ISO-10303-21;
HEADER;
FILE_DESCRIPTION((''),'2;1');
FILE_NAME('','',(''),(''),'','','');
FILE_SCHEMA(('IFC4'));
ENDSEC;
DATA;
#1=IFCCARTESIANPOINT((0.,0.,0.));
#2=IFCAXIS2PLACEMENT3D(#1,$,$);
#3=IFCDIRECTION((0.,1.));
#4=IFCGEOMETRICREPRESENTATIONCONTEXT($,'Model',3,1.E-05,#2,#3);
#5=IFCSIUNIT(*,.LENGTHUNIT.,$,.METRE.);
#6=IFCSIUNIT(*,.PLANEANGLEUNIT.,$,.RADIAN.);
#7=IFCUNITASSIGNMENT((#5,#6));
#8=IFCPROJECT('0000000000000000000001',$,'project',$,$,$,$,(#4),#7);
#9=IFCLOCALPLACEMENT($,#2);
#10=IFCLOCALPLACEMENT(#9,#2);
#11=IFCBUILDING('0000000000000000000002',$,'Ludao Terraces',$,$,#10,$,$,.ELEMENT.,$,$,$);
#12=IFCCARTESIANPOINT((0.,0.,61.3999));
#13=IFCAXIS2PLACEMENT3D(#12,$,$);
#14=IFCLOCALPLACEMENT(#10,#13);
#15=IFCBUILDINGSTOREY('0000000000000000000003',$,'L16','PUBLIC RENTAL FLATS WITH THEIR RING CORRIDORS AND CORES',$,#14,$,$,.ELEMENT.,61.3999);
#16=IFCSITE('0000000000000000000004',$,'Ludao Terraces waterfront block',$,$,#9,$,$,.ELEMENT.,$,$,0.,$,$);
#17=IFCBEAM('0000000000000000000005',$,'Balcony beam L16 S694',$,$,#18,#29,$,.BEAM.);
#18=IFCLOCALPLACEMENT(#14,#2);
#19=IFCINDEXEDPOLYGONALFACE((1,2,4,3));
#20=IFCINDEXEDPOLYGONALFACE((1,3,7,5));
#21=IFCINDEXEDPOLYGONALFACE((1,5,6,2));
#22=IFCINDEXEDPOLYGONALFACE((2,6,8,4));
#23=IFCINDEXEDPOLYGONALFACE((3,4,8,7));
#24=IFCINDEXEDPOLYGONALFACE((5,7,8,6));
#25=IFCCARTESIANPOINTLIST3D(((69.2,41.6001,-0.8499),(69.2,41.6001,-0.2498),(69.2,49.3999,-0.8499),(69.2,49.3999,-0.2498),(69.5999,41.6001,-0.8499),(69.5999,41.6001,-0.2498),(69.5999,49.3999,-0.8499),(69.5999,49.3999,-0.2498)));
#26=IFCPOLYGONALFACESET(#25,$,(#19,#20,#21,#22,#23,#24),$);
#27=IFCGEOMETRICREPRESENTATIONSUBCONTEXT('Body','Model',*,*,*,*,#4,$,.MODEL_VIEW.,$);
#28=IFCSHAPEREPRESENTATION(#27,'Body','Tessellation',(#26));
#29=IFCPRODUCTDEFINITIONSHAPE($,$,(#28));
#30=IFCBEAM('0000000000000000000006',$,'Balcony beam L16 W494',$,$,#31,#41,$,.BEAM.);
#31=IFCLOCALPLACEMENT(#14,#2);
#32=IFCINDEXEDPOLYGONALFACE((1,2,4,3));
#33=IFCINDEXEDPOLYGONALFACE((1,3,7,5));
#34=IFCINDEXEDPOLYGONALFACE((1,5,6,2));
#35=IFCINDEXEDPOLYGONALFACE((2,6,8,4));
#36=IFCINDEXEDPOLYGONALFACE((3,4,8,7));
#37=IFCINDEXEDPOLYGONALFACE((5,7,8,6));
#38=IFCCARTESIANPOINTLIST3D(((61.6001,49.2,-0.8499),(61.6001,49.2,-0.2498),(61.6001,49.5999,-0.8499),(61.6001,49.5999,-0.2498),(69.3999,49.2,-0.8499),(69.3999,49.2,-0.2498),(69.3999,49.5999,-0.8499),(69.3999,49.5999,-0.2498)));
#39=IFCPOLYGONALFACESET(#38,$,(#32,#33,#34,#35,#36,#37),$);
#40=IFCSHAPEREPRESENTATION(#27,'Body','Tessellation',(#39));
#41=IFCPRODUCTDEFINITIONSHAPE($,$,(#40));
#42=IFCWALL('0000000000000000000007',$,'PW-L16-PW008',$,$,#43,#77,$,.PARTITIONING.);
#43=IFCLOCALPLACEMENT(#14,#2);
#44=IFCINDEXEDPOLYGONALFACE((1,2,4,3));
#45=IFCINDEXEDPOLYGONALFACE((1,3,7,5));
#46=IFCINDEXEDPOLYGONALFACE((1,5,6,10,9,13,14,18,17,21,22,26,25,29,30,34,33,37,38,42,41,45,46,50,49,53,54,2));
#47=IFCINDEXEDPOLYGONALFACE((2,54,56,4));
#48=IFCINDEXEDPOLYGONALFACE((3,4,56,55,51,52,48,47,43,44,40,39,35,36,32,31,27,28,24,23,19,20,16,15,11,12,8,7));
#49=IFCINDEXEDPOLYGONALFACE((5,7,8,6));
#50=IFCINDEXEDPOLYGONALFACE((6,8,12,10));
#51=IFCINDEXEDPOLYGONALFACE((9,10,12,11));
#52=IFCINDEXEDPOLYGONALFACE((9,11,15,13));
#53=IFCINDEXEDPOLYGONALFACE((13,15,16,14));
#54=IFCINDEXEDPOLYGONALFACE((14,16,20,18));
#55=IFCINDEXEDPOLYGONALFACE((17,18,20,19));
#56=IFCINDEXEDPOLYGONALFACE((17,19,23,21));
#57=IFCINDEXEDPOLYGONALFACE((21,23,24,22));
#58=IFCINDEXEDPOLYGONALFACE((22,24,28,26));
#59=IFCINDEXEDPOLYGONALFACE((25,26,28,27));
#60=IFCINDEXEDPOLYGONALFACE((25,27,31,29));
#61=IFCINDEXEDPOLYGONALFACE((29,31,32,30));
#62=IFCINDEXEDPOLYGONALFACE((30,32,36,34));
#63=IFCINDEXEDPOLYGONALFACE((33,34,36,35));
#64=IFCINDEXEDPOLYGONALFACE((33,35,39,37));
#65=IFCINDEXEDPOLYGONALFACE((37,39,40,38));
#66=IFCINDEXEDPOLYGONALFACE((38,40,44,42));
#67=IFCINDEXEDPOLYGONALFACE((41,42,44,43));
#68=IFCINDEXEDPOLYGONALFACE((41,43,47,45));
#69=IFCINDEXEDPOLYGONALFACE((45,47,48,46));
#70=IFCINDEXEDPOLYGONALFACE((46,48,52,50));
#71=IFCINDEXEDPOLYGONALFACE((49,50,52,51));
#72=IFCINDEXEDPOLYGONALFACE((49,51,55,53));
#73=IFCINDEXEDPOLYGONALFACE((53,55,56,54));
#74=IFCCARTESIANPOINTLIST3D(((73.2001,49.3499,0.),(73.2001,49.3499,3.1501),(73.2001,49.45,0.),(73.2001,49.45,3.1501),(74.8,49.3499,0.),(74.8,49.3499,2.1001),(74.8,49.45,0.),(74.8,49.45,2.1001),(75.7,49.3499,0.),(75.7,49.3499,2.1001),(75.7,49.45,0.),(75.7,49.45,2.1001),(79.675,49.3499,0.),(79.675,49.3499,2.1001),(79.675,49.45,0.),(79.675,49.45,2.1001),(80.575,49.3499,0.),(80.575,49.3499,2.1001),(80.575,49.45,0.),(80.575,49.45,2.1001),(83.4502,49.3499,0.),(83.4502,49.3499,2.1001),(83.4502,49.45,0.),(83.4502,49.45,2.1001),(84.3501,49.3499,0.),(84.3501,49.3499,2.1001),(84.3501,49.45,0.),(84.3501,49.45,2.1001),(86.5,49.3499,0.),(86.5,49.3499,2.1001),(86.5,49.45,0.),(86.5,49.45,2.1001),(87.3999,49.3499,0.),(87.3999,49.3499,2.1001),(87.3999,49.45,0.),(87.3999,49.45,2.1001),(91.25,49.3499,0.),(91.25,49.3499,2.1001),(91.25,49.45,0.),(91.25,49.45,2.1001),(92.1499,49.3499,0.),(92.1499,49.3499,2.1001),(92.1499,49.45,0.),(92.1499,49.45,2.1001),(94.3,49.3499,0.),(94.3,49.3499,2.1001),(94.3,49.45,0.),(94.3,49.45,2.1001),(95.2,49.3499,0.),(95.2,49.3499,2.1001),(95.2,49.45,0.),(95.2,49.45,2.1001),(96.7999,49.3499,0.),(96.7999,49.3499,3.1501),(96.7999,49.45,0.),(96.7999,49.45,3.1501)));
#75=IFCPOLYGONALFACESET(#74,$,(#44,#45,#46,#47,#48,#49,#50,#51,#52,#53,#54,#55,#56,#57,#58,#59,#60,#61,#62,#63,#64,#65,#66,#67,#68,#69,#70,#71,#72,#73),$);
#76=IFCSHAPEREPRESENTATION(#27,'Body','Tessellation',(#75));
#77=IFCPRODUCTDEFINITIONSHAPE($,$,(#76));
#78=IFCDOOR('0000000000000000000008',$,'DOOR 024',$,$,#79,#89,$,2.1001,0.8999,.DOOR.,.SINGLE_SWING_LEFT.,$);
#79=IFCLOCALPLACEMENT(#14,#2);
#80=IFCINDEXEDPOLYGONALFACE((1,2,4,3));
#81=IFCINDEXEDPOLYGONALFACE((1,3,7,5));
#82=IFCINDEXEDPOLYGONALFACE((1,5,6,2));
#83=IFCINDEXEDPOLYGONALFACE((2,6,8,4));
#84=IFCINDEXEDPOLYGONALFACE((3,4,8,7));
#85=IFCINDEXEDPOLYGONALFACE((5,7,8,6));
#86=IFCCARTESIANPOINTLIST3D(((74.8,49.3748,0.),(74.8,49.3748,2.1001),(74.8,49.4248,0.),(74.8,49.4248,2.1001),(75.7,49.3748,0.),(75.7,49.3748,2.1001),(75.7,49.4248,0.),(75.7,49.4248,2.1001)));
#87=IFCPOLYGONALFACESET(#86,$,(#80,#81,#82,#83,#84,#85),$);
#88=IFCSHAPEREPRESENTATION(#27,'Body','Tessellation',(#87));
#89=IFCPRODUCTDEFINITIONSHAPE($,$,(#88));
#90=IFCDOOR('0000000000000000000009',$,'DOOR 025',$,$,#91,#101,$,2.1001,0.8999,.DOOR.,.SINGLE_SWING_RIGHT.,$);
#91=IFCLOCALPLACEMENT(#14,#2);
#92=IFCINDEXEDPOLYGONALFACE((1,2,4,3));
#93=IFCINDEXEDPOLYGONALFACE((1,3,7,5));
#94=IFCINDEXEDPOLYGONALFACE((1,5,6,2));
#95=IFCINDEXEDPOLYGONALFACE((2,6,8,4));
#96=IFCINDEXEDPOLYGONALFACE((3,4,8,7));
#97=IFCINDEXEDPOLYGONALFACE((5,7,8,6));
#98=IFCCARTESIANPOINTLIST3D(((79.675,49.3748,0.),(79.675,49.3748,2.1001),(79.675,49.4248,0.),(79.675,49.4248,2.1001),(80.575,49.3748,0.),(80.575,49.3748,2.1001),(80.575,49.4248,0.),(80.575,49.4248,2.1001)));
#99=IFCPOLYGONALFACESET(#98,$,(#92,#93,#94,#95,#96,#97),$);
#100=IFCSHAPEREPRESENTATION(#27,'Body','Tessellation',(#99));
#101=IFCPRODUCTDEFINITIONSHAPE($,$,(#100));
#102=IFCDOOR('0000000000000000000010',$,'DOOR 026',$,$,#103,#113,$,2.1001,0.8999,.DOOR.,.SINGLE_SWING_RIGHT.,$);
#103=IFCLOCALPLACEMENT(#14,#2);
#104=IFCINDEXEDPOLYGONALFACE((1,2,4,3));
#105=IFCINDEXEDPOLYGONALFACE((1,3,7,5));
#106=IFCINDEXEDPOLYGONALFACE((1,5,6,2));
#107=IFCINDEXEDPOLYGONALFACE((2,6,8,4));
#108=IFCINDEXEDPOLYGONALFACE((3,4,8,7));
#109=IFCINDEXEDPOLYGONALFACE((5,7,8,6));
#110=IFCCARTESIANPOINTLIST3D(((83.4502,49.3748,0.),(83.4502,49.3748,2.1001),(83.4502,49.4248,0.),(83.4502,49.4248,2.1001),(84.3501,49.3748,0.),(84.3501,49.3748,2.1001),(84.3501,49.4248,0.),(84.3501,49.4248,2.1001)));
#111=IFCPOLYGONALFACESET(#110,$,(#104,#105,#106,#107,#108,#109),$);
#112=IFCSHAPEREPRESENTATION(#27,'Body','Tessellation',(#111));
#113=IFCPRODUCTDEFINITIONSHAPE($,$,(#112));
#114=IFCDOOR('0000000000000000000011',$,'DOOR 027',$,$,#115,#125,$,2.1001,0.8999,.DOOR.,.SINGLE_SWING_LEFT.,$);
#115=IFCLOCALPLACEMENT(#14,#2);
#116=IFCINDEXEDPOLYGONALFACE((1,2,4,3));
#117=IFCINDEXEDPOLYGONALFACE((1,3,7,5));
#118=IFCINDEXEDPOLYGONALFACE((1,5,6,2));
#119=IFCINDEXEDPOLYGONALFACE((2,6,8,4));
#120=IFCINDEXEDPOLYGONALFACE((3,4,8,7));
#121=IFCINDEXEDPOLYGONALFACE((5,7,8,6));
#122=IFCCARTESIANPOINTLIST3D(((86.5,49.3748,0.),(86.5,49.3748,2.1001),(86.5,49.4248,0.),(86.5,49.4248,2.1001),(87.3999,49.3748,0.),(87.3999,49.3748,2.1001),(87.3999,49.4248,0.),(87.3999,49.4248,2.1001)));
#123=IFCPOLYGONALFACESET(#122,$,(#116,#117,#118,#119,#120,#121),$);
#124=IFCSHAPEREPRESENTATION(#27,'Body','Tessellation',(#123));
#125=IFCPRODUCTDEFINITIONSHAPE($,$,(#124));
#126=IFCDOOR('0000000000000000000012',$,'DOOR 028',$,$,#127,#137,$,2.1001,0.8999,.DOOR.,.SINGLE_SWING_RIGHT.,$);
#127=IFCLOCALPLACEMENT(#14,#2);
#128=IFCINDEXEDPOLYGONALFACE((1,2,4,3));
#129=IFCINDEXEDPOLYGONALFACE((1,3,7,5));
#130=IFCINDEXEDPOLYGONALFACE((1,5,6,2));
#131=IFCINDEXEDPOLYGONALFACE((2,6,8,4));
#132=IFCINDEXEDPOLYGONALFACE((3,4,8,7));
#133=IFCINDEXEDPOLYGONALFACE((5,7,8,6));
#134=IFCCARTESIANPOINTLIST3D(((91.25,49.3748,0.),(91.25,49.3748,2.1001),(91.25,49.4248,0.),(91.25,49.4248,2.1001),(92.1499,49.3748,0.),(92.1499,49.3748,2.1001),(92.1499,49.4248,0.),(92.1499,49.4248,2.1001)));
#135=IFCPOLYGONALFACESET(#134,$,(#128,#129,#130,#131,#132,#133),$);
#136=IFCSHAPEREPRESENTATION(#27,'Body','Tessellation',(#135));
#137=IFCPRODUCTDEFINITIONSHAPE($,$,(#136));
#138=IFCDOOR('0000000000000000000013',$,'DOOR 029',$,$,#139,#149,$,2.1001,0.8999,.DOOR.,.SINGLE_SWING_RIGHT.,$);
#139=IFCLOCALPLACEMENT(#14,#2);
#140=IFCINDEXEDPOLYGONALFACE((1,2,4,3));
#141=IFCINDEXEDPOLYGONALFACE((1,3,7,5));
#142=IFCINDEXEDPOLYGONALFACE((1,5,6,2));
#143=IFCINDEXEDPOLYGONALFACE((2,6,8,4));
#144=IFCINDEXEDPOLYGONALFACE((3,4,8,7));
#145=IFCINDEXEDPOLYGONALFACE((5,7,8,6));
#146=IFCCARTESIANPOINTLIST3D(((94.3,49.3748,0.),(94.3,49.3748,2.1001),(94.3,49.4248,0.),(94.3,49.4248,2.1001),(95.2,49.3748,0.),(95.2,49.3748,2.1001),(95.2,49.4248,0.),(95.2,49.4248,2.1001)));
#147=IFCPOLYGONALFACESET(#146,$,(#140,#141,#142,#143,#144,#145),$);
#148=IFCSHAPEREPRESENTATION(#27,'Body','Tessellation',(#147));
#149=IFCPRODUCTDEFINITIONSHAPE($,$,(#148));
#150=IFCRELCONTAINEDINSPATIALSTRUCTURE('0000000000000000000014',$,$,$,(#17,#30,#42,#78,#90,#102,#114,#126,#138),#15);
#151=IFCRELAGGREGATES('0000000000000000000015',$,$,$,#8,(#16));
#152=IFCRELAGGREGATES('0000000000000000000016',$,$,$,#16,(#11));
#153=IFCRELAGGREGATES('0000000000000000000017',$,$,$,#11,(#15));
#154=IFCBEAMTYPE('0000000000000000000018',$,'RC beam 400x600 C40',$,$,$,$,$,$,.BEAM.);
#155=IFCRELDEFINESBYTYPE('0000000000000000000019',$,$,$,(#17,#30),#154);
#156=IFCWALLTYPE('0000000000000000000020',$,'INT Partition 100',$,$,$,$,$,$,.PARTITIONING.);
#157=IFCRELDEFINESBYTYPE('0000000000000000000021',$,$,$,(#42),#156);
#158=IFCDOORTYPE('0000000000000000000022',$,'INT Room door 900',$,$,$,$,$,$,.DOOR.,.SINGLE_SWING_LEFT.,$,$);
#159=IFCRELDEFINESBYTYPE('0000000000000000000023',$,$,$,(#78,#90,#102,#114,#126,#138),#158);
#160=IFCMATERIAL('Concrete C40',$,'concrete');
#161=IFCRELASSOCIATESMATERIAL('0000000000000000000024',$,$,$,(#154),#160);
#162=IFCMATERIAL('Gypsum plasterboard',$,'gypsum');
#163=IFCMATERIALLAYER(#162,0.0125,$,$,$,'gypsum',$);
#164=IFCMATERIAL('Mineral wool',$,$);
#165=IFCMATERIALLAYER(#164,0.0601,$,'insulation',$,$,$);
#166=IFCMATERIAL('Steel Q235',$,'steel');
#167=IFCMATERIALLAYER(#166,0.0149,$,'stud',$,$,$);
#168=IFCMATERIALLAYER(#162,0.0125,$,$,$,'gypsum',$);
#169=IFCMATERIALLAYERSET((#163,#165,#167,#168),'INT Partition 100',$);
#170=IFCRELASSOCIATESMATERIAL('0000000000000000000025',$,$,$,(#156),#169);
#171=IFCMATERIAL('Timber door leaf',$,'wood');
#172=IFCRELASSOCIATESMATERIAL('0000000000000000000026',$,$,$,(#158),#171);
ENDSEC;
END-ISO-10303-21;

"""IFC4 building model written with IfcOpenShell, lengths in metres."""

from ifc_helpers import new_model, si_unit, direction, frame, frame_2d, origin, origin_2d, place, context, subcontext, project, spatial, rectangle, extrude, material, layer, layer_set, material_profile, profile_set, type_object, element, fill, save


model = new_model("IFC4")

# Units and contexts
model_context = context("Model", 3, precision=1e-05, world=origin(), true_north=direction((0.0, 1.0)))
body_context = subcontext(model_context, "Body", "Model", "MODEL_VIEW")
ifc_project = project(units=[si_unit("LENGTHUNIT", "METRE"), si_unit("PLANEANGLEUNIT", "RADIAN")], contexts=[model_context])

# Site, building, storey
site_placement = place(None, origin())
site = spatial("IfcSite", under=ifc_project, at=site_placement, Name="Ludao Terraces waterfront block", CompositionType="ELEMENT", RefElevation=0.0)
building_placement = place(site_placement, origin())
building = spatial("IfcBuilding", under=site, at=building_placement, Name="Ludao Terraces", CompositionType="ELEMENT")
storey_placement = place(building_placement, frame((0.0, 0.0, 61.3999)))
storey = spatial("IfcBuildingStorey", under=building, at=storey_placement, Name="L16", Description="PUBLIC RENTAL FLATS WITH THEIR RING CORRIDORS AND CORES", CompositionType="ELEMENT", Elevation=61.3999)

# Beams
ifc_material_1 = material(Name="Concrete C40", Category="concrete")
ifc_material_profile = material_profile(ifc_material_1, rectangle(XDim=0.3999, YDim=0.6001, at=origin_2d()), Name="400 X 600")
ifc_profile_set = profile_set([ifc_material_profile], Name="Concrete C40")
beam_type = type_object("IfcBeamType", Name="RC beam 400x600 C40", PredefinedType="BEAM", material=ifc_profile_set)
for number, where, z_axis, x_axis, name in (
    (1, (69.3999, 49.3999, -0.5498), (0.0, -1.0, 0.0), (1.0, 0.0, 0.0), "Balcony beam L16 S694"),
    (2, (69.3999, 49.3999, -0.5498), (-1.0, 0.0, 0.0), (0.0, -1.0, 0.0), "Balcony beam L16 W494"),
):
    element("IfcBeam", number, at=place(storey_placement, frame(where, z_axis=z_axis, x_axis=x_axis)), inside=storey, type_object=beam_type, Name=name, PredefinedType="BEAM", context=body_context, shape_type="SweptSolid", body=[
        extrude(rectangle(XDim=0.3999, YDim=0.6001, at=origin_2d()), origin(), (0.0, 0.0, 1.0), 7.7998),
    ])

# Wall, openings, doors
ifc_material_2 = material(Name="Gypsum plasterboard", Category="gypsum")
ifc_layer_1 = layer(ifc_material_2, 0.0125, Category="gypsum")
ifc_material_3 = material(Name="Mineral wool")
ifc_layer_2 = layer(ifc_material_3, 0.0601, Name="insulation")
ifc_material_4 = material(Name="Steel Q235", Category="steel")
ifc_layer_3 = layer(ifc_material_4, 0.0149, Name="stud")
ifc_layer_4 = layer(ifc_material_2, 0.0125, Category="gypsum")
ifc_layer_set = layer_set([ifc_layer_1, ifc_layer_2, ifc_layer_3, ifc_layer_4], Name="INT Partition 100")
wall_type = type_object("IfcWallType", Name="INT Partition 100", PredefinedType="PARTITIONING", material=ifc_layer_set)
wall_1_placement = place(storey_placement, frame((73.2002, 49.3999, 0.0), z_axis=(0.0, 0.0, 1.0), x_axis=(1.0, 0.0, 0.0)))
wall_1 = element("IfcWall", 3, at=wall_1_placement, inside=storey, type_object=wall_type, Name="PW-L16-PW008", PredefinedType="PARTITIONING", context=body_context, shape_type="SweptSolid", body=[
    extrude(rectangle(XDim=23.5999, YDim=0.1001, at=frame_2d((11.7998, 0.0))), origin(), (0.0, 0.0, 1.0), 3.1501),
])
opening_1_placement = place(wall_1_placement, frame((1.5999, 0.0, 0.0)))
opening_1 = element("IfcOpeningElement", 4, at=opening_1_placement, cuts=wall_1, PredefinedType="OPENING", context=body_context, shape_type="SweptSolid", body=[
    extrude(rectangle(XDim=0.8999, YDim=2.1001, at=frame_2d((0.45, 1.05))), frame((0.0, 0.0601, 0.0), z_axis=(0.0, -1.0, 0.0), x_axis=(1.0, 0.0, 0.0)), (0.0, 0.0, 1.0), 0.1201),
])
opening_2_placement = place(wall_1_placement, frame((6.4749, 0.0, 0.0)))
opening_2 = element("IfcOpeningElement", 5, at=opening_2_placement, cuts=wall_1, PredefinedType="OPENING", context=body_context, shape_type="SweptSolid", body=[
    extrude(rectangle(XDim=0.8999, YDim=2.1001, at=frame_2d((0.45, 1.05))), frame((0.0, 0.0601, 0.0), z_axis=(0.0, -1.0, 0.0), x_axis=(1.0, 0.0, 0.0)), (0.0, 0.0, 1.0), 0.1201),
])
opening_3_placement = place(wall_1_placement, frame((10.25, 0.0, 0.0)))
opening_3 = element("IfcOpeningElement", 6, at=opening_3_placement, cuts=wall_1, PredefinedType="OPENING", context=body_context, shape_type="SweptSolid", body=[
    extrude(rectangle(XDim=0.8999, YDim=2.1001, at=frame_2d((0.45, 1.05))), frame((0.0, 0.0601, 0.0), z_axis=(0.0, -1.0, 0.0), x_axis=(1.0, 0.0, 0.0)), (0.0, 0.0, 1.0), 0.1201),
])
opening_4_placement = place(wall_1_placement, frame((13.2998, 0.0, 0.0)))
opening_4 = element("IfcOpeningElement", 7, at=opening_4_placement, cuts=wall_1, PredefinedType="OPENING", context=body_context, shape_type="SweptSolid", body=[
    extrude(rectangle(XDim=0.8999, YDim=2.1001, at=frame_2d((0.45, 1.05))), frame((0.0, 0.0601, 0.0), z_axis=(0.0, -1.0, 0.0), x_axis=(1.0, 0.0, 0.0)), (0.0, 0.0, 1.0), 0.1201),
])
opening_5_placement = place(wall_1_placement, frame((18.0498, 0.0, 0.0)))
opening_5 = element("IfcOpeningElement", 8, at=opening_5_placement, cuts=wall_1, PredefinedType="OPENING", context=body_context, shape_type="SweptSolid", body=[
    extrude(rectangle(XDim=0.8999, YDim=2.1001, at=frame_2d((0.45, 1.05))), frame((0.0, 0.0601, 0.0), z_axis=(0.0, -1.0, 0.0), x_axis=(1.0, 0.0, 0.0)), (0.0, 0.0, 1.0), 0.1201),
])
opening_6_placement = place(wall_1_placement, frame((21.0999, 0.0, 0.0)))
opening_6 = element("IfcOpeningElement", 9, at=opening_6_placement, cuts=wall_1, PredefinedType="OPENING", context=body_context, shape_type="SweptSolid", body=[
    extrude(rectangle(XDim=0.8999, YDim=2.1001, at=frame_2d((0.45, 1.05))), frame((0.0, 0.0601, 0.0), z_axis=(0.0, -1.0, 0.0), x_axis=(1.0, 0.0, 0.0)), (0.0, 0.0, 1.0), 0.1201),
])
ifc_material_5 = material(Name="Timber door leaf", Category="wood")
door_type_1 = type_object("IfcDoorType", Name="INT Room door 900", OperationType="SINGLE_SWING_LEFT", PredefinedType="DOOR", material=ifc_material_5)
door_1_placement = place(opening_1_placement, origin())
door_1 = element("IfcDoor", 10, at=door_1_placement, inside=storey, type_object=door_type_1, Name="DOOR 024", OperationType="SINGLE_SWING_LEFT", OverallHeight=2.1001, OverallWidth=0.8999, PredefinedType="DOOR", context=body_context, shape_type="SweptSolid", body=[
    extrude(rectangle(XDim=0.8999, YDim=2.1001, at=frame_2d((0.45, 1.05))), frame((0.0, 0.0249, 0.0), z_axis=(0.0, -1.0, 0.0), x_axis=(1.0, 0.0, 0.0)), (0.0, 0.0, 1.0), 0.05),
])
fill(opening_1, door_1)
door_2_placement = place(opening_2_placement, origin())
door_2 = element("IfcDoor", 11, at=door_2_placement, inside=storey, type_object=door_type_1, Name="DOOR 025", OperationType="SINGLE_SWING_RIGHT", OverallHeight=2.1001, OverallWidth=0.8999, PredefinedType="DOOR", context=body_context, shape_type="SweptSolid", body=[
    extrude(rectangle(XDim=0.8999, YDim=2.1001, at=frame_2d((0.45, 1.05))), frame((0.0, 0.0249, 0.0), z_axis=(0.0, -1.0, 0.0), x_axis=(1.0, 0.0, 0.0)), (0.0, 0.0, 1.0), 0.05),
])
fill(opening_2, door_2)
door_3_placement = place(opening_3_placement, origin())
door_3 = element("IfcDoor", 12, at=door_3_placement, inside=storey, type_object=door_type_1, Name="DOOR 026", OperationType="SINGLE_SWING_RIGHT", OverallHeight=2.1001, OverallWidth=0.8999, PredefinedType="DOOR", context=body_context, shape_type="SweptSolid", body=[
    extrude(rectangle(XDim=0.8999, YDim=2.1001, at=frame_2d((0.45, 1.05))), frame((0.0, 0.0249, 0.0), z_axis=(0.0, -1.0, 0.0), x_axis=(1.0, 0.0, 0.0)), (0.0, 0.0, 1.0), 0.05),
])
fill(opening_3, door_3)
door_4_placement = place(opening_4_placement, origin())
door_4 = element("IfcDoor", 13, at=door_4_placement, inside=storey, type_object=door_type_1, Name="DOOR 027", OperationType="SINGLE_SWING_LEFT", OverallHeight=2.1001, OverallWidth=0.8999, PredefinedType="DOOR", context=body_context, shape_type="SweptSolid", body=[
    extrude(rectangle(XDim=0.8999, YDim=2.1001, at=frame_2d((0.45, 1.05))), frame((0.0, 0.0249, 0.0), z_axis=(0.0, -1.0, 0.0), x_axis=(1.0, 0.0, 0.0)), (0.0, 0.0, 1.0), 0.05),
])
fill(opening_4, door_4)
door_5_placement = place(opening_5_placement, origin())
door_5 = element("IfcDoor", 14, at=door_5_placement, inside=storey, type_object=door_type_1, Name="DOOR 028", OperationType="SINGLE_SWING_RIGHT", OverallHeight=2.1001, OverallWidth=0.8999, PredefinedType="DOOR", context=body_context, shape_type="SweptSolid", body=[
    extrude(rectangle(XDim=0.8999, YDim=2.1001, at=frame_2d((0.45, 1.05))), frame((0.0, 0.0249, 0.0), z_axis=(0.0, -1.0, 0.0), x_axis=(1.0, 0.0, 0.0)), (0.0, 0.0, 1.0), 0.05),
])
fill(opening_5, door_5)
door_6_placement = place(opening_6_placement, origin())
door_6 = element("IfcDoor", 15, at=door_6_placement, inside=storey, type_object=door_type_1, Name="DOOR 029", OperationType="SINGLE_SWING_RIGHT", OverallHeight=2.1001, OverallWidth=0.8999, PredefinedType="DOOR", context=body_context, shape_type="SweptSolid", body=[
    extrude(rectangle(XDim=0.8999, YDim=2.1001, at=frame_2d((0.45, 1.05))), frame((0.0, 0.0249, 0.0), z_axis=(0.0, -1.0, 0.0), x_axis=(1.0, 0.0, 0.0)), (0.0, 0.0, 1.0), 0.05),
])
fill(opening_6, door_6)

save(model, "model.ifc")
